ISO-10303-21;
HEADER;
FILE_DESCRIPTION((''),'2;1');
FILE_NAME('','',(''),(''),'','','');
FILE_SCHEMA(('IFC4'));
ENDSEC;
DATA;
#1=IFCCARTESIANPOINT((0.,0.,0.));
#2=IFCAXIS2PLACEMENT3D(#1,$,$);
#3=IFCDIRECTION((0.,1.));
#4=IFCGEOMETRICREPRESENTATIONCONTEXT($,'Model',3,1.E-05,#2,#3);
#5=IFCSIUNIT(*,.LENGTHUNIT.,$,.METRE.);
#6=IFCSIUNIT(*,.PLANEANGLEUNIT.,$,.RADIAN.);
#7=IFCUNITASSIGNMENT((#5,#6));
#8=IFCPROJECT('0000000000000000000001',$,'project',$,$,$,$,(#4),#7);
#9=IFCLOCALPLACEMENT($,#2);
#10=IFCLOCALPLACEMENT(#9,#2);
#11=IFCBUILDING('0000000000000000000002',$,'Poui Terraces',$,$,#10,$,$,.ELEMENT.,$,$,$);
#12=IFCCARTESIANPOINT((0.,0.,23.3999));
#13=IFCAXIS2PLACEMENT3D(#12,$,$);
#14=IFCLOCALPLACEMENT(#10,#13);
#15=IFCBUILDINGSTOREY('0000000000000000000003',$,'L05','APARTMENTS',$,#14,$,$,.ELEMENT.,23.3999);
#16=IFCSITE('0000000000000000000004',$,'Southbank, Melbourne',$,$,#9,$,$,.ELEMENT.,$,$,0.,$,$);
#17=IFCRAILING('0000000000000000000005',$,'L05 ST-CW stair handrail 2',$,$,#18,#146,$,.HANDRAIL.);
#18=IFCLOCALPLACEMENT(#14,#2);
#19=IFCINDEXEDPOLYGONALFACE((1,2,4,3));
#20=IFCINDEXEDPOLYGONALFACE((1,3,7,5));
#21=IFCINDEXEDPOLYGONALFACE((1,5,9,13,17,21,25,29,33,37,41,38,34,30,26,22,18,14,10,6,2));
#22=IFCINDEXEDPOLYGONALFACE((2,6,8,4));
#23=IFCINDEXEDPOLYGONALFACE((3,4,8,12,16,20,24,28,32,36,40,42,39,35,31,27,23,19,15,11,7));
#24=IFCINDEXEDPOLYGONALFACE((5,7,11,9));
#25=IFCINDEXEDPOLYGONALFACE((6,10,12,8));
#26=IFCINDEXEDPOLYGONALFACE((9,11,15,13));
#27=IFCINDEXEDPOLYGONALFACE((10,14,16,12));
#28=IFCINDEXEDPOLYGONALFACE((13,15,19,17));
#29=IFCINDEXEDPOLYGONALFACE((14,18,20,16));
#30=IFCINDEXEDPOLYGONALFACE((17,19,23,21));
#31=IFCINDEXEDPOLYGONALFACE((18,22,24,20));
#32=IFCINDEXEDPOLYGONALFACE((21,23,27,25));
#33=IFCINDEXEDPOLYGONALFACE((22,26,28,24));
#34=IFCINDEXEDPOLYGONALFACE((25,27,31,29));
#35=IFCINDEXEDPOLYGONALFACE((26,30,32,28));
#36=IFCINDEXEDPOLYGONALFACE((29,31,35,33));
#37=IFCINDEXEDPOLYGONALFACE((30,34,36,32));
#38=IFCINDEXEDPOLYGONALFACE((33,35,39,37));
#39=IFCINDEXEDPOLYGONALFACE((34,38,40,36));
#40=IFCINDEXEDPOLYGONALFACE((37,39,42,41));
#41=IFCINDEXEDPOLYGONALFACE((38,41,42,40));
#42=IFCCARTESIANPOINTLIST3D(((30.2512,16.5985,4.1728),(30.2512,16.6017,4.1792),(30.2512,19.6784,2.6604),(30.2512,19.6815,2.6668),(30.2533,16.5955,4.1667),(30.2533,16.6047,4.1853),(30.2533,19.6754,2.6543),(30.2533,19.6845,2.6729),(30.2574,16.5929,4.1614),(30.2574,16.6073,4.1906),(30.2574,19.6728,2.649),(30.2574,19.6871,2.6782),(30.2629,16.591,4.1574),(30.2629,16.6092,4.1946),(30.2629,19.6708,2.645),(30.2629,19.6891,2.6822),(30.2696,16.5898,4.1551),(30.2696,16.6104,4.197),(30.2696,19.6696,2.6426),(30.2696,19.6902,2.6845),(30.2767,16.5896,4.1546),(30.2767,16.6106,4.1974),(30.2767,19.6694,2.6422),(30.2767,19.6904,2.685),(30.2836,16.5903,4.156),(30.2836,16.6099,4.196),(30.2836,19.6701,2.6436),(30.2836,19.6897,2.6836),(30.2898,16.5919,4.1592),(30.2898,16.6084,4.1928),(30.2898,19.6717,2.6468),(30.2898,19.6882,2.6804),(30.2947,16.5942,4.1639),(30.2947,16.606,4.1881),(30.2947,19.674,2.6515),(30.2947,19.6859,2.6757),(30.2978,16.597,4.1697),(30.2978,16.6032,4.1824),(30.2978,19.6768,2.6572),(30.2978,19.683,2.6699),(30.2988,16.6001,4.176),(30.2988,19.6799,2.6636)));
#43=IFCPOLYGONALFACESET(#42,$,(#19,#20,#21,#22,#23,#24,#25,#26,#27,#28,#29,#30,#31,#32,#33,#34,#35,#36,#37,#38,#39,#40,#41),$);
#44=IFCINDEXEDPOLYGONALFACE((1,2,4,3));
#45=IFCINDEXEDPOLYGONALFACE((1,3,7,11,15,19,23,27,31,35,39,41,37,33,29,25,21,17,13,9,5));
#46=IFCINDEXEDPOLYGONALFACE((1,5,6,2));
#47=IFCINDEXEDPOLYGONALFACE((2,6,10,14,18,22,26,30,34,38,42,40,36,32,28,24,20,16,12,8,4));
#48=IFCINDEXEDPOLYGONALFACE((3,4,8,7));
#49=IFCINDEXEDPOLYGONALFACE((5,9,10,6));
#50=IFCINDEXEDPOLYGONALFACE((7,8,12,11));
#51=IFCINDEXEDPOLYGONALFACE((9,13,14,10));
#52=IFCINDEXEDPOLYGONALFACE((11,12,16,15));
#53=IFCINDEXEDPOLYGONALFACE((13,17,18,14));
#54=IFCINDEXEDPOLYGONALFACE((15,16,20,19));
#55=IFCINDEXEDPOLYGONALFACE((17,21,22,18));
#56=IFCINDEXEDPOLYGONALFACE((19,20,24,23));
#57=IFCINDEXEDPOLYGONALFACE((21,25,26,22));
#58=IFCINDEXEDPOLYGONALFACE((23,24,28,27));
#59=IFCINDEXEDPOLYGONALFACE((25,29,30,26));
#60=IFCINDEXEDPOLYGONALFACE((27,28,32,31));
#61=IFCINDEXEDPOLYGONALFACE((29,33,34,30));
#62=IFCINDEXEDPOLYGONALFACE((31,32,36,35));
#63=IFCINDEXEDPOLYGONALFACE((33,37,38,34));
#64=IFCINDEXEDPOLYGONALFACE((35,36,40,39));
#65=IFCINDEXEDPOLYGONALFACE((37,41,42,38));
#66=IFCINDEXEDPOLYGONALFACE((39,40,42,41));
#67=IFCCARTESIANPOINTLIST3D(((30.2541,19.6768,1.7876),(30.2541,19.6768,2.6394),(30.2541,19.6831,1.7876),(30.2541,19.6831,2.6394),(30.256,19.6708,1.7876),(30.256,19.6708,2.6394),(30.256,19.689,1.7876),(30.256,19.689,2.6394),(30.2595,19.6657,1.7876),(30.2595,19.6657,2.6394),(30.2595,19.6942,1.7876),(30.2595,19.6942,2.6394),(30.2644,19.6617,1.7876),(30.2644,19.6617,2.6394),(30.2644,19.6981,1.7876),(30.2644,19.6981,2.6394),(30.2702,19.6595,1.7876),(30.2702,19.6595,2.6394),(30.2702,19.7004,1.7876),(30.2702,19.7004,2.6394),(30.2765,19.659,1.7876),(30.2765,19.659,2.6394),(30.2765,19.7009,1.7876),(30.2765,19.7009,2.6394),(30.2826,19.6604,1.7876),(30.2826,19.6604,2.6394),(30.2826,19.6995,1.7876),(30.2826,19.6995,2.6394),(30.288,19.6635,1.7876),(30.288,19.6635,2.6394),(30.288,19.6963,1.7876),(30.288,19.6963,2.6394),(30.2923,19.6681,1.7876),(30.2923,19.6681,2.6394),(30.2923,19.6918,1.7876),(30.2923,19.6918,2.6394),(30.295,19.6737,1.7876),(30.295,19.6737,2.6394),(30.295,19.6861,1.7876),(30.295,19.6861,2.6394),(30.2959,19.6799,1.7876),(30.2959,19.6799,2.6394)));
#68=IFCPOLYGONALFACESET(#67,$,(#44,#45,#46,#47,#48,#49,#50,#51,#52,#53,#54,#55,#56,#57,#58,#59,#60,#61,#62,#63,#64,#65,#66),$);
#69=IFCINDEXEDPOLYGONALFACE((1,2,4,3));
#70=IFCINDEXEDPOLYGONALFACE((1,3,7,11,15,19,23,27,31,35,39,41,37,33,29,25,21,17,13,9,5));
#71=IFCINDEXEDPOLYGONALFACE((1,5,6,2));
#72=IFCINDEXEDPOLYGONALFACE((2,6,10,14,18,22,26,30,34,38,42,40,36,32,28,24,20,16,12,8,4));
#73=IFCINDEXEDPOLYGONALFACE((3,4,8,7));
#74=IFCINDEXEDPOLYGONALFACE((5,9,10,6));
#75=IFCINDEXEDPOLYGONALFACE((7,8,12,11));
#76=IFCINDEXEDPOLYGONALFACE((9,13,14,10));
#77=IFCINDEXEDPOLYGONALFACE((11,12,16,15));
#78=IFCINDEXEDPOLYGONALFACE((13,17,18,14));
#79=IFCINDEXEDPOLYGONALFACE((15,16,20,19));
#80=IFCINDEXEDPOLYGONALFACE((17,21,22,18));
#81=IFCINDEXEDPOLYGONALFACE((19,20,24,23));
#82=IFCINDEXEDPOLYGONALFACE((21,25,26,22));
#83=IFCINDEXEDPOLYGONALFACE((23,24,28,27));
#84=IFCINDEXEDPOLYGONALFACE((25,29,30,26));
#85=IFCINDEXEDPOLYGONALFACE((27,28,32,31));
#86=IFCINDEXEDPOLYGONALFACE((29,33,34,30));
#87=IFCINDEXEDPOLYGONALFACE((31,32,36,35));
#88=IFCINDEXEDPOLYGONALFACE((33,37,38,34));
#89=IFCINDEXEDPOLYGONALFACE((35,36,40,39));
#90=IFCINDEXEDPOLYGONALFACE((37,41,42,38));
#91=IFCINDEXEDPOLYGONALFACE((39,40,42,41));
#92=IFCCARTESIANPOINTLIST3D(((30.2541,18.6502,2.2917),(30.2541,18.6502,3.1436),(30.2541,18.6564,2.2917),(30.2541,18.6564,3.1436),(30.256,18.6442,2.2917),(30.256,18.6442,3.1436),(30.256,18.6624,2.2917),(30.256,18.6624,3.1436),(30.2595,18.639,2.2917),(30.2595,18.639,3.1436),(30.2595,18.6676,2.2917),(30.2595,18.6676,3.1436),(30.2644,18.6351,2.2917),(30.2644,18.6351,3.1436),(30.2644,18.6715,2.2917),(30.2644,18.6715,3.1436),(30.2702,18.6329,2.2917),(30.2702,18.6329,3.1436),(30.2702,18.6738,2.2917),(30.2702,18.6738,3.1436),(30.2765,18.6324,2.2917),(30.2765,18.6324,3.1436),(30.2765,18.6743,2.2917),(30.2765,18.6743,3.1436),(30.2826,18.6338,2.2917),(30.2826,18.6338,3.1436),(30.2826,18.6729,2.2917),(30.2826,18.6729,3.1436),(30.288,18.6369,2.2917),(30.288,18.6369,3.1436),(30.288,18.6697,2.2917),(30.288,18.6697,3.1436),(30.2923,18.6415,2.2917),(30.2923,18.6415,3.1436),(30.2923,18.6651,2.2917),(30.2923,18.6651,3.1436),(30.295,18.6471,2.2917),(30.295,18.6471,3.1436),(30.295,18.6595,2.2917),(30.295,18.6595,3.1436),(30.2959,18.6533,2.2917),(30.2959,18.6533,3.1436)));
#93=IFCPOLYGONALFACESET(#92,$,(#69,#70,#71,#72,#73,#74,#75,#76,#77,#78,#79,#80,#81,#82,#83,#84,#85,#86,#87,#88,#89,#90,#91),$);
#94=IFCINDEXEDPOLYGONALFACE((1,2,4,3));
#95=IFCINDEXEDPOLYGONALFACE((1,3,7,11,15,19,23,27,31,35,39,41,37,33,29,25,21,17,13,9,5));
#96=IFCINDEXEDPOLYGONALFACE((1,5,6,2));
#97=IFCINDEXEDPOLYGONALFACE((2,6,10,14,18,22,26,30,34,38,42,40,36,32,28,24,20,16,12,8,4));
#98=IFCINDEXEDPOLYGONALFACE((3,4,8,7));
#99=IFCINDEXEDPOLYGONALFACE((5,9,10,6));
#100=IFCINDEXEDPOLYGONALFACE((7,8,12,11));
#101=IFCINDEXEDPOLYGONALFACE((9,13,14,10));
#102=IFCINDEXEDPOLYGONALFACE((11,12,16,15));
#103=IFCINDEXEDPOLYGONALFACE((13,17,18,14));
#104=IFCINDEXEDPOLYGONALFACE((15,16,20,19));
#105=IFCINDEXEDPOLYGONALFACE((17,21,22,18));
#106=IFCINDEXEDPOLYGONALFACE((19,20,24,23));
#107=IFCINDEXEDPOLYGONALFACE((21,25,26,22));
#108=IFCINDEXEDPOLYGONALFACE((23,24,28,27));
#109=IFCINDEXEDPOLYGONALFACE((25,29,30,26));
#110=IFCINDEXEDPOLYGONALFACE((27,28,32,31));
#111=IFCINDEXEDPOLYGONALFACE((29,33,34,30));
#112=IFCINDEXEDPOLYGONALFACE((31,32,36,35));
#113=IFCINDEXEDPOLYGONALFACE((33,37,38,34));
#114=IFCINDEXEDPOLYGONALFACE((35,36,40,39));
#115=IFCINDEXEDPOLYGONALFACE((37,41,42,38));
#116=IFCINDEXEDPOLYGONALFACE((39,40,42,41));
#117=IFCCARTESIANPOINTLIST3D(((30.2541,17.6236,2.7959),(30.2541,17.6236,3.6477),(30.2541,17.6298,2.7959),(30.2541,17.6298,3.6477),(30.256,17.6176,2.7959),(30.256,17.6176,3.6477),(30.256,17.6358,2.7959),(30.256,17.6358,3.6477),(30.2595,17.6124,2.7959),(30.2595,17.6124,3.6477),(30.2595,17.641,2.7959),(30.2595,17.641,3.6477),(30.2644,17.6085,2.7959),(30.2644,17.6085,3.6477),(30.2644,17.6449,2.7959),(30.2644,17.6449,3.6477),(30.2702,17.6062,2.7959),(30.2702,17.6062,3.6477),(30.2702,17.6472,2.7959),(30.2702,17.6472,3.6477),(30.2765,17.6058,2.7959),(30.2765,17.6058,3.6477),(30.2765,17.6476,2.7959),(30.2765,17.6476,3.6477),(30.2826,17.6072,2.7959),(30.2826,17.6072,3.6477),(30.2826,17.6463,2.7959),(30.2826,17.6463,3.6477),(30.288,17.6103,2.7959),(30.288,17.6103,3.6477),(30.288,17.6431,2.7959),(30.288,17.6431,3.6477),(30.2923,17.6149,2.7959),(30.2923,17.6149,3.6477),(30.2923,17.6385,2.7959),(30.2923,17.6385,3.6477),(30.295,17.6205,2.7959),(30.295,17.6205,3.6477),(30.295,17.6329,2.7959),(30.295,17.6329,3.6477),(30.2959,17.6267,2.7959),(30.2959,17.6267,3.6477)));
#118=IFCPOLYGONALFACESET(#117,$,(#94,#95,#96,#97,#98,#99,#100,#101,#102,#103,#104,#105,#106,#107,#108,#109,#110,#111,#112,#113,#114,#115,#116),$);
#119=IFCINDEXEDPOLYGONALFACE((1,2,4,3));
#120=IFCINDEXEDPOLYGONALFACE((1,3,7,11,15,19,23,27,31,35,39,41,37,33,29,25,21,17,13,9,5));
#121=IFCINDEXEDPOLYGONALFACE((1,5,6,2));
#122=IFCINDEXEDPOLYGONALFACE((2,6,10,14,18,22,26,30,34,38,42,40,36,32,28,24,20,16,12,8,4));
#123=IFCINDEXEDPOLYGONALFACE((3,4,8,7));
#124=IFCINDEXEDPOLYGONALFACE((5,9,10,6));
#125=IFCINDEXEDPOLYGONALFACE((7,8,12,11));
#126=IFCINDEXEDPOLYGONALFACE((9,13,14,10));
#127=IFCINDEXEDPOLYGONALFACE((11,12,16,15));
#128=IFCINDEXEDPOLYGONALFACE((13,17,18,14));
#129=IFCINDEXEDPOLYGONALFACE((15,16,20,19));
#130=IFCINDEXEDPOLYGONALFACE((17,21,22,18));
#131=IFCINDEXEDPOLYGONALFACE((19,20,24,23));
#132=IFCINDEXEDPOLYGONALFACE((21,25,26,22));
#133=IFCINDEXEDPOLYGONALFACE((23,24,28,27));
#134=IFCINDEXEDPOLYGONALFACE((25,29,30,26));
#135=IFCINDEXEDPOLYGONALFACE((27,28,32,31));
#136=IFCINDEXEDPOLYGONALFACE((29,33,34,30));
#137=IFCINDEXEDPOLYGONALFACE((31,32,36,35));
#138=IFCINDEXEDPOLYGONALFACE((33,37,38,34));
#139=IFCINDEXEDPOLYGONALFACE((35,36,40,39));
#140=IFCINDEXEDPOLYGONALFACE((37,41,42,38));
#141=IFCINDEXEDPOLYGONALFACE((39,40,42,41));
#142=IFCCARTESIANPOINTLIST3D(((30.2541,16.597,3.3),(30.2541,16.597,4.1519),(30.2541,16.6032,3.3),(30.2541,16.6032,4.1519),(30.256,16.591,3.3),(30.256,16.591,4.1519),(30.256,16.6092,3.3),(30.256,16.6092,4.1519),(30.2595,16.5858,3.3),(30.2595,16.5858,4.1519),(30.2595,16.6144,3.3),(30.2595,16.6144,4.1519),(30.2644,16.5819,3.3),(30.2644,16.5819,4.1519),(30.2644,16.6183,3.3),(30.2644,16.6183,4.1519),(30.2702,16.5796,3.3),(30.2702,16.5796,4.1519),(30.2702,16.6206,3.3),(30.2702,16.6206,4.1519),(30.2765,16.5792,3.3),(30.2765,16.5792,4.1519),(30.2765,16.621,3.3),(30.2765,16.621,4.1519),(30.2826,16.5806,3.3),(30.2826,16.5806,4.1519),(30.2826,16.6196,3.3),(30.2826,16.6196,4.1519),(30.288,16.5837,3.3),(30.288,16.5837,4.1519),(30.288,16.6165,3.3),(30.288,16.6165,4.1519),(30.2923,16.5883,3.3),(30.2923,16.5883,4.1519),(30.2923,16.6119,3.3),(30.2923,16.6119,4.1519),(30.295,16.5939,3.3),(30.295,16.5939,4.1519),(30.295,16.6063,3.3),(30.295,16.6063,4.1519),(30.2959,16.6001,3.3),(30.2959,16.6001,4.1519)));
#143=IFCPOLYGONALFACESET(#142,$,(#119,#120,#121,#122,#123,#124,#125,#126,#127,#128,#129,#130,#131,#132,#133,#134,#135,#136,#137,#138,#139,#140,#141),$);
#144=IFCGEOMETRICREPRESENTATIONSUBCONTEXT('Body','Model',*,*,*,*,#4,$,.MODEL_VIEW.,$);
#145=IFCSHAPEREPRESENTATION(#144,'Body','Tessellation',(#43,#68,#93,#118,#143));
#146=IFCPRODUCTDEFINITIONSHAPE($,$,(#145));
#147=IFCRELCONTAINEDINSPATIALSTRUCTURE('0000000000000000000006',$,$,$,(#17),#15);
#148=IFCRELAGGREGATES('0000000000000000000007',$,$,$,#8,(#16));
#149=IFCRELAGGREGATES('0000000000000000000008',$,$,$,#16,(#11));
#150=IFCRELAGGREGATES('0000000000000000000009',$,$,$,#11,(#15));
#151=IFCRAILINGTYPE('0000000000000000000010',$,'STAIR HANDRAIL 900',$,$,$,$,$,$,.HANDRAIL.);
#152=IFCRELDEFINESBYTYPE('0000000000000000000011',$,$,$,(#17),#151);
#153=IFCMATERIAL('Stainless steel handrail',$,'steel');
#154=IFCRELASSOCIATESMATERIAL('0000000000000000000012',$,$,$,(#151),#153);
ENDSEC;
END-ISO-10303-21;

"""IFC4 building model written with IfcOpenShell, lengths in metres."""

from ifc_helpers import new_model, si_unit, direction, frame, origin, origin_2d, place, context, subcontext, project, spatial, circle, extrude, material, type_object, element, save


model = new_model("IFC4")

# Units and contexts
model_context = context("Model", 3, precision=1e-05, world=origin(), true_north=direction((0.0, 1.0)))
body_context = subcontext(model_context, "Body", "Model", "MODEL_VIEW")
ifc_project = project(units=[si_unit("LENGTHUNIT", "METRE"), si_unit("PLANEANGLEUNIT", "RADIAN")], contexts=[model_context])

# Site, building, storey
site_placement = place(None, origin())
site = spatial("IfcSite", under=ifc_project, at=site_placement, Name="Southbank, Melbourne", CompositionType="ELEMENT", RefElevation=0.0)
building_placement = place(site_placement, origin())
building = spatial("IfcBuilding", under=site, at=building_placement, Name="Poui Terraces", CompositionType="ELEMENT")
storey_placement = place(building_placement, frame((0.0, 0.0, 23.3999)))
storey = spatial("IfcBuildingStorey", under=building, at=storey_placement, Name="L05", Description="APARTMENTS", CompositionType="ELEMENT", Elevation=23.3999)

# Railing
ifc_material_1 = material(Name="Stainless steel handrail", Category="steel")
railing_type_1 = type_object("IfcRailingType", Name="STAIR HANDRAIL 900", PredefinedType="HANDRAIL", material=ifc_material_1)
railing_1_placement = place(storey_placement, frame((30.2749, 19.6799, 1.7876)))
element("IfcRailing", 1, at=railing_1_placement, inside=storey, type_object=railing_type_1, Name="L05 ST-CW stair handrail 2", PredefinedType="HANDRAIL", context=body_context, shape_type="SweptSolid", body=[
    extrude(circle(Radius=0.0239, at=origin_2d()), frame((0.0, 0.0, 0.876), z_axis=(0.0, -0.897606, 0.440798), x_axis=(1.0, 0.0, 0.0)), (0.0, 0.0, 1.0), 3.4312),
    extrude(circle(Radius=0.021, at=origin_2d()), origin(), (0.0, 0.0, 1.0), 0.8518),
    extrude(circle(Radius=0.021, at=origin_2d()), frame((0.0, -1.0266, 0.5042)), (0.0, 0.0, 1.0), 0.8518),
    extrude(circle(Radius=0.021, at=origin_2d()), frame((0.0, -2.0532, 1.0083)), (0.0, 0.0, 1.0), 0.8518),
    extrude(circle(Radius=0.021, at=origin_2d()), frame((0.0, -3.0798, 1.5125)), (0.0, 0.0, 1.0), 0.8518),
])

save(model, "model.ifc")
